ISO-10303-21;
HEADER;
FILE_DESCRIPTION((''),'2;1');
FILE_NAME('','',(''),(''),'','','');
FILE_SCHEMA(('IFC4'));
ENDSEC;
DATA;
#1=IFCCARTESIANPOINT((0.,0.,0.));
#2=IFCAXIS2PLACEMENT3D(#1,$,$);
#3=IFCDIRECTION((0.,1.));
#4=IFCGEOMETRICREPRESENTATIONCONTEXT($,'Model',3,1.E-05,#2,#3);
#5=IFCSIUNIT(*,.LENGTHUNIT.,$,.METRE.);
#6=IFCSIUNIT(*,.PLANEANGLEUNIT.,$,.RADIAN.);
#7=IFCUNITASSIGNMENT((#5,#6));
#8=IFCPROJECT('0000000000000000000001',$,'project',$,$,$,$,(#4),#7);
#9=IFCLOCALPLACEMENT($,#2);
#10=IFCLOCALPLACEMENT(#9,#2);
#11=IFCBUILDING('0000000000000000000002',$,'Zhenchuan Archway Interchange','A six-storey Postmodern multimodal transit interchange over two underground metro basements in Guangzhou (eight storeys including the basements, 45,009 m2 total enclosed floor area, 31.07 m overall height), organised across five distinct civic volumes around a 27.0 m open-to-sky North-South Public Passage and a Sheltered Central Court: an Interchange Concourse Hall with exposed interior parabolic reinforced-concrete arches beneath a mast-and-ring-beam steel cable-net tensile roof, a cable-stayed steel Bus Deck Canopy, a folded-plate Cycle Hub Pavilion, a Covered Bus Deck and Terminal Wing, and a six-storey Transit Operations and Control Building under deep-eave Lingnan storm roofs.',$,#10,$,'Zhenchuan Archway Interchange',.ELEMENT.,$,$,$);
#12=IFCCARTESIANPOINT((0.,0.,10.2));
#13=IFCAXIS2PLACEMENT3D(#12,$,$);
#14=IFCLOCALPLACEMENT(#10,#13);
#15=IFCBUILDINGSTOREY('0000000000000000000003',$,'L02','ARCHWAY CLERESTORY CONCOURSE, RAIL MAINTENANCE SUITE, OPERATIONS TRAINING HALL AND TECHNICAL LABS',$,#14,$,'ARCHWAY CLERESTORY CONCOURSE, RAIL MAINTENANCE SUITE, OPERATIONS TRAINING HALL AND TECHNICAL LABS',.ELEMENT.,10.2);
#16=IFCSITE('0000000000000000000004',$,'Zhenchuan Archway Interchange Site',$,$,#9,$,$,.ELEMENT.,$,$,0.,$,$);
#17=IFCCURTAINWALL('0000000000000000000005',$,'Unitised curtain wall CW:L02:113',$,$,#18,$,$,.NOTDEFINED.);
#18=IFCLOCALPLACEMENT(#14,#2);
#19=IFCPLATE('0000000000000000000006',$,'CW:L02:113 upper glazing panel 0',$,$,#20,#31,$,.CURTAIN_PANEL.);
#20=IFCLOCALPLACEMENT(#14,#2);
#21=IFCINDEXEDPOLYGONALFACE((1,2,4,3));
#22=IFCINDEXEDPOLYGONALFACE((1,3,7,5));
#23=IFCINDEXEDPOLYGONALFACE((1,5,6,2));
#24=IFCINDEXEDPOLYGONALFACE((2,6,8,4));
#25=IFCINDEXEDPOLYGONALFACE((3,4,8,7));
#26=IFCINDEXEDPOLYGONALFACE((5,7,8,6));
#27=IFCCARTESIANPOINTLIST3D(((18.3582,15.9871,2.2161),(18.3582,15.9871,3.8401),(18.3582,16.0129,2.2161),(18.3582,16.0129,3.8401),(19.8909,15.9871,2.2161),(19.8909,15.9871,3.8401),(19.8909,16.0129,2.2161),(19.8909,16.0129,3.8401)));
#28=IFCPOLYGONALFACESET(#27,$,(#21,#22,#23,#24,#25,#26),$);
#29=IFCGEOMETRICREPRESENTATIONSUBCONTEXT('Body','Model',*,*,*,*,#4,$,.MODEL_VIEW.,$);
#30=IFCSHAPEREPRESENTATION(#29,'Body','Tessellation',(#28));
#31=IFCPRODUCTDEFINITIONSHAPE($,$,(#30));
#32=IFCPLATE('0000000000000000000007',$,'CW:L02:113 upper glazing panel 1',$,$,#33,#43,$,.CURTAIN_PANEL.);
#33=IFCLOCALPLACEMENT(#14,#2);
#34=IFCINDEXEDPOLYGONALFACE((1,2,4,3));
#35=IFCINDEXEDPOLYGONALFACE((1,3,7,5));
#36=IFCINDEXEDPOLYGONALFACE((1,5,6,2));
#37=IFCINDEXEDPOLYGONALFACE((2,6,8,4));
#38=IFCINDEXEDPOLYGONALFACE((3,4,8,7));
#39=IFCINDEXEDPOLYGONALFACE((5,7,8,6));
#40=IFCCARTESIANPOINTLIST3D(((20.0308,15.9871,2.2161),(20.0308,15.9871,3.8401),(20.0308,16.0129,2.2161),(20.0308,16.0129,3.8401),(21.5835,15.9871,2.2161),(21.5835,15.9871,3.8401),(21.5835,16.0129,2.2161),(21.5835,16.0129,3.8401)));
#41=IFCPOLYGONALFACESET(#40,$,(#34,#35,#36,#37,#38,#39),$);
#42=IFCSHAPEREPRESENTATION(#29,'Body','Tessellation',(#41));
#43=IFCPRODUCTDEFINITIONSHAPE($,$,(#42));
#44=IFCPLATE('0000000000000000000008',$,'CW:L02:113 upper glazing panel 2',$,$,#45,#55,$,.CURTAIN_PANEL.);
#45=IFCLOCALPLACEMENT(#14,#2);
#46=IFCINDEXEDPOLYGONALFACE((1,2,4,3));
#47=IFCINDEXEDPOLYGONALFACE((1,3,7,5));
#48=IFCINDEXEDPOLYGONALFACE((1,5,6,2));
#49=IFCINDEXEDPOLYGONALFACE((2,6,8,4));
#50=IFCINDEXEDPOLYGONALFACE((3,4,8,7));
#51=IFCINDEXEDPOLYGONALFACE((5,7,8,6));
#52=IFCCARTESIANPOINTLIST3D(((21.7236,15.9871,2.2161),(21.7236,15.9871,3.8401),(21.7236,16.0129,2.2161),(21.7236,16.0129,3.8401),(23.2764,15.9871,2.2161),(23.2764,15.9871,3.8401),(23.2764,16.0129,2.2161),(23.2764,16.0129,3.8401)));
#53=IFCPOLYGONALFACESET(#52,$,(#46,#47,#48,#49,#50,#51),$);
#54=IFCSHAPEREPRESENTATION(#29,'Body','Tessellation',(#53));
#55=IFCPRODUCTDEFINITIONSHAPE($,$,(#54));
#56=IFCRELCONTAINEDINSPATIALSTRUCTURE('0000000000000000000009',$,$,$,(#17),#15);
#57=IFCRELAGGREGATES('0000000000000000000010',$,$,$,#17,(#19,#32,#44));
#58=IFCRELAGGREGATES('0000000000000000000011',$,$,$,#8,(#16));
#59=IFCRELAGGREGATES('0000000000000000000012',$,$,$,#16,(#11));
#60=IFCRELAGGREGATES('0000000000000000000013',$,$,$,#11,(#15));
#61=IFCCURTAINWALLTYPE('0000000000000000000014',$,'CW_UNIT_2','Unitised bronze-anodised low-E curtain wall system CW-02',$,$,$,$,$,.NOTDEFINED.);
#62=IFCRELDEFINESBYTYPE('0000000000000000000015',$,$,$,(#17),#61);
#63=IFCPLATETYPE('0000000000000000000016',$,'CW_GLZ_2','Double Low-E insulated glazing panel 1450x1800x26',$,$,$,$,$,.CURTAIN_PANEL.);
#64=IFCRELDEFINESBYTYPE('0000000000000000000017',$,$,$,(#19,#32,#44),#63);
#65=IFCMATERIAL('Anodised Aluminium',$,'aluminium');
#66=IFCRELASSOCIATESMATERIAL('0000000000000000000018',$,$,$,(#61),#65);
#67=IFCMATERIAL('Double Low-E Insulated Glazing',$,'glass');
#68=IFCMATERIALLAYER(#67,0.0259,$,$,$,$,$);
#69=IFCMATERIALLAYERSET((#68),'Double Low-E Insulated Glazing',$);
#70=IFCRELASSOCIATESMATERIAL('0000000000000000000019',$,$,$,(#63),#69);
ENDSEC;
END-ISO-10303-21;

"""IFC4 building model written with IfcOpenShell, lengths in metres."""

from ifc_helpers import new_model, si_unit, direction, frame, origin, origin_2d, place, context, subcontext, project, spatial, rectangle, extrude, material, layer, layer_set, type_object, element, aggregate, save


model = new_model("IFC4")

# Units and contexts
model_context = context("Model", 3, precision=1e-05, world=origin(), true_north=direction((0.0, 1.0)))
body_context = subcontext(model_context, "Body", "Model", "MODEL_VIEW")
ifc_project = project(units=[si_unit("LENGTHUNIT", "METRE"), si_unit("PLANEANGLEUNIT", "RADIAN")], contexts=[model_context])

# Site, building, storey
site_placement = place(None, origin())
site = spatial("IfcSite", under=ifc_project, at=site_placement, Name="Zhenchuan Archway Interchange Site", CompositionType="ELEMENT", RefElevation=0.0)
building_placement = place(site_placement, origin())
building = spatial("IfcBuilding", under=site, at=building_placement, Name="Zhenchuan Archway Interchange", Description="A six-storey Postmodern multimodal transit interchange over two underground metro basements in Guangzhou (eight storeys including the basements, 45,009 m2 total enclosed floor area, 31.07 m overall height), organised across five distinct civic volumes around a 27.0 m open-to-sky North-South Public Passage and a Sheltered Central Court: an Interchange Concourse Hall with exposed interior parabolic reinforced-concrete arches beneath a mast-and-ring-beam steel cable-net tensile roof, a cable-stayed steel Bus Deck Canopy, a folded-plate Cycle Hub Pavilion, a Covered Bus Deck and Terminal Wing, and a six-storey Transit Operations and Control Building under deep-eave Lingnan storm roofs.", LongName="Zhenchuan Archway Interchange", CompositionType="ELEMENT")
storey_placement = place(building_placement, frame((0.0, 0.0, 10.2)))
storey = spatial("IfcBuildingStorey", under=building, at=storey_placement, Name="L02", Description="ARCHWAY CLERESTORY CONCOURSE, RAIL MAINTENANCE SUITE, OPERATIONS TRAINING HALL AND TECHNICAL LABS", LongName="ARCHWAY CLERESTORY CONCOURSE, RAIL MAINTENANCE SUITE, OPERATIONS TRAINING HALL AND TECHNICAL LABS", CompositionType="ELEMENT", Elevation=10.2)

# Curtain wall
ifc_material_1 = material(Name="Anodised Aluminium", Category="aluminium")
curtain_wall_type = type_object("IfcCurtainWallType", Name="CW_UNIT_2", Description="Unitised bronze-anodised low-E curtain wall system CW-02", PredefinedType="NOTDEFINED", material=ifc_material_1)
curtain_wall_placement = place(storey_placement, origin())
curtain_wall = element("IfcCurtainWall", 1, at=curtain_wall_placement, inside=storey, type_object=curtain_wall_type, Name="Unitised curtain wall CW:L02:113", PredefinedType="NOTDEFINED")

# Plates
ifc_material_2 = material(Name="Double Low-E Insulated Glazing", Category="glass")
ifc_layer_1 = layer(ifc_material_2, 0.0259)
ifc_layer_set_1 = layer_set([ifc_layer_1], Name="Double Low-E Insulated Glazing")
plate_type_1 = type_object("IfcPlateType", Name="CW_GLZ_2", Description="Double Low-E insulated glazing panel 1450x1800x26", PredefinedType="CURTAIN_PANEL", material=ifc_layer_set_1)
plate_1_placement = place(storey_placement, frame((19.1245, 16.0, 2.2161), z_axis=(0.0, 0.0, 1.0), x_axis=(1.0, 0.0, 0.0)))
plate_1 = element("IfcPlate", 2, at=plate_1_placement, type_object=plate_type_1, Name="CW:L02:113 upper glazing panel 0", PredefinedType="CURTAIN_PANEL", context=body_context, shape_type="SweptSolid", body=[
    extrude(rectangle(XDim=1.5327, YDim=0.0259, at=origin_2d()), origin(), (0.0, 0.0, 1.0), 1.624),
])
plate_2_placement = place(storey_placement, frame((20.8071, 16.0, 2.2161), z_axis=(0.0, 0.0, 1.0), x_axis=(1.0, 0.0, 0.0)))
plate_2 = element("IfcPlate", 3, at=plate_2_placement, type_object=plate_type_1, Name="CW:L02:113 upper glazing panel 1", PredefinedType="CURTAIN_PANEL", context=body_context, shape_type="SweptSolid", body=[
    extrude(rectangle(XDim=1.5527, YDim=0.0259, at=origin_2d()), origin(), (0.0, 0.0, 1.0), 1.624),
])
plate_3_placement = place(storey_placement, frame((22.5, 16.0, 2.2161), z_axis=(0.0, 0.0, 1.0), x_axis=(1.0, 0.0, 0.0)))
plate_3 = element("IfcPlate", 4, at=plate_3_placement, type_object=plate_type_1, Name="CW:L02:113 upper glazing panel 2", PredefinedType="CURTAIN_PANEL", context=body_context, shape_type="SweptSolid", body=[
    extrude(rectangle(XDim=1.5527, YDim=0.0259, at=origin_2d()), origin(), (0.0, 0.0, 1.0), 1.624),
])
aggregate(curtain_wall, [plate_1, plate_2, plate_3])

save(model, "model.ifc")
